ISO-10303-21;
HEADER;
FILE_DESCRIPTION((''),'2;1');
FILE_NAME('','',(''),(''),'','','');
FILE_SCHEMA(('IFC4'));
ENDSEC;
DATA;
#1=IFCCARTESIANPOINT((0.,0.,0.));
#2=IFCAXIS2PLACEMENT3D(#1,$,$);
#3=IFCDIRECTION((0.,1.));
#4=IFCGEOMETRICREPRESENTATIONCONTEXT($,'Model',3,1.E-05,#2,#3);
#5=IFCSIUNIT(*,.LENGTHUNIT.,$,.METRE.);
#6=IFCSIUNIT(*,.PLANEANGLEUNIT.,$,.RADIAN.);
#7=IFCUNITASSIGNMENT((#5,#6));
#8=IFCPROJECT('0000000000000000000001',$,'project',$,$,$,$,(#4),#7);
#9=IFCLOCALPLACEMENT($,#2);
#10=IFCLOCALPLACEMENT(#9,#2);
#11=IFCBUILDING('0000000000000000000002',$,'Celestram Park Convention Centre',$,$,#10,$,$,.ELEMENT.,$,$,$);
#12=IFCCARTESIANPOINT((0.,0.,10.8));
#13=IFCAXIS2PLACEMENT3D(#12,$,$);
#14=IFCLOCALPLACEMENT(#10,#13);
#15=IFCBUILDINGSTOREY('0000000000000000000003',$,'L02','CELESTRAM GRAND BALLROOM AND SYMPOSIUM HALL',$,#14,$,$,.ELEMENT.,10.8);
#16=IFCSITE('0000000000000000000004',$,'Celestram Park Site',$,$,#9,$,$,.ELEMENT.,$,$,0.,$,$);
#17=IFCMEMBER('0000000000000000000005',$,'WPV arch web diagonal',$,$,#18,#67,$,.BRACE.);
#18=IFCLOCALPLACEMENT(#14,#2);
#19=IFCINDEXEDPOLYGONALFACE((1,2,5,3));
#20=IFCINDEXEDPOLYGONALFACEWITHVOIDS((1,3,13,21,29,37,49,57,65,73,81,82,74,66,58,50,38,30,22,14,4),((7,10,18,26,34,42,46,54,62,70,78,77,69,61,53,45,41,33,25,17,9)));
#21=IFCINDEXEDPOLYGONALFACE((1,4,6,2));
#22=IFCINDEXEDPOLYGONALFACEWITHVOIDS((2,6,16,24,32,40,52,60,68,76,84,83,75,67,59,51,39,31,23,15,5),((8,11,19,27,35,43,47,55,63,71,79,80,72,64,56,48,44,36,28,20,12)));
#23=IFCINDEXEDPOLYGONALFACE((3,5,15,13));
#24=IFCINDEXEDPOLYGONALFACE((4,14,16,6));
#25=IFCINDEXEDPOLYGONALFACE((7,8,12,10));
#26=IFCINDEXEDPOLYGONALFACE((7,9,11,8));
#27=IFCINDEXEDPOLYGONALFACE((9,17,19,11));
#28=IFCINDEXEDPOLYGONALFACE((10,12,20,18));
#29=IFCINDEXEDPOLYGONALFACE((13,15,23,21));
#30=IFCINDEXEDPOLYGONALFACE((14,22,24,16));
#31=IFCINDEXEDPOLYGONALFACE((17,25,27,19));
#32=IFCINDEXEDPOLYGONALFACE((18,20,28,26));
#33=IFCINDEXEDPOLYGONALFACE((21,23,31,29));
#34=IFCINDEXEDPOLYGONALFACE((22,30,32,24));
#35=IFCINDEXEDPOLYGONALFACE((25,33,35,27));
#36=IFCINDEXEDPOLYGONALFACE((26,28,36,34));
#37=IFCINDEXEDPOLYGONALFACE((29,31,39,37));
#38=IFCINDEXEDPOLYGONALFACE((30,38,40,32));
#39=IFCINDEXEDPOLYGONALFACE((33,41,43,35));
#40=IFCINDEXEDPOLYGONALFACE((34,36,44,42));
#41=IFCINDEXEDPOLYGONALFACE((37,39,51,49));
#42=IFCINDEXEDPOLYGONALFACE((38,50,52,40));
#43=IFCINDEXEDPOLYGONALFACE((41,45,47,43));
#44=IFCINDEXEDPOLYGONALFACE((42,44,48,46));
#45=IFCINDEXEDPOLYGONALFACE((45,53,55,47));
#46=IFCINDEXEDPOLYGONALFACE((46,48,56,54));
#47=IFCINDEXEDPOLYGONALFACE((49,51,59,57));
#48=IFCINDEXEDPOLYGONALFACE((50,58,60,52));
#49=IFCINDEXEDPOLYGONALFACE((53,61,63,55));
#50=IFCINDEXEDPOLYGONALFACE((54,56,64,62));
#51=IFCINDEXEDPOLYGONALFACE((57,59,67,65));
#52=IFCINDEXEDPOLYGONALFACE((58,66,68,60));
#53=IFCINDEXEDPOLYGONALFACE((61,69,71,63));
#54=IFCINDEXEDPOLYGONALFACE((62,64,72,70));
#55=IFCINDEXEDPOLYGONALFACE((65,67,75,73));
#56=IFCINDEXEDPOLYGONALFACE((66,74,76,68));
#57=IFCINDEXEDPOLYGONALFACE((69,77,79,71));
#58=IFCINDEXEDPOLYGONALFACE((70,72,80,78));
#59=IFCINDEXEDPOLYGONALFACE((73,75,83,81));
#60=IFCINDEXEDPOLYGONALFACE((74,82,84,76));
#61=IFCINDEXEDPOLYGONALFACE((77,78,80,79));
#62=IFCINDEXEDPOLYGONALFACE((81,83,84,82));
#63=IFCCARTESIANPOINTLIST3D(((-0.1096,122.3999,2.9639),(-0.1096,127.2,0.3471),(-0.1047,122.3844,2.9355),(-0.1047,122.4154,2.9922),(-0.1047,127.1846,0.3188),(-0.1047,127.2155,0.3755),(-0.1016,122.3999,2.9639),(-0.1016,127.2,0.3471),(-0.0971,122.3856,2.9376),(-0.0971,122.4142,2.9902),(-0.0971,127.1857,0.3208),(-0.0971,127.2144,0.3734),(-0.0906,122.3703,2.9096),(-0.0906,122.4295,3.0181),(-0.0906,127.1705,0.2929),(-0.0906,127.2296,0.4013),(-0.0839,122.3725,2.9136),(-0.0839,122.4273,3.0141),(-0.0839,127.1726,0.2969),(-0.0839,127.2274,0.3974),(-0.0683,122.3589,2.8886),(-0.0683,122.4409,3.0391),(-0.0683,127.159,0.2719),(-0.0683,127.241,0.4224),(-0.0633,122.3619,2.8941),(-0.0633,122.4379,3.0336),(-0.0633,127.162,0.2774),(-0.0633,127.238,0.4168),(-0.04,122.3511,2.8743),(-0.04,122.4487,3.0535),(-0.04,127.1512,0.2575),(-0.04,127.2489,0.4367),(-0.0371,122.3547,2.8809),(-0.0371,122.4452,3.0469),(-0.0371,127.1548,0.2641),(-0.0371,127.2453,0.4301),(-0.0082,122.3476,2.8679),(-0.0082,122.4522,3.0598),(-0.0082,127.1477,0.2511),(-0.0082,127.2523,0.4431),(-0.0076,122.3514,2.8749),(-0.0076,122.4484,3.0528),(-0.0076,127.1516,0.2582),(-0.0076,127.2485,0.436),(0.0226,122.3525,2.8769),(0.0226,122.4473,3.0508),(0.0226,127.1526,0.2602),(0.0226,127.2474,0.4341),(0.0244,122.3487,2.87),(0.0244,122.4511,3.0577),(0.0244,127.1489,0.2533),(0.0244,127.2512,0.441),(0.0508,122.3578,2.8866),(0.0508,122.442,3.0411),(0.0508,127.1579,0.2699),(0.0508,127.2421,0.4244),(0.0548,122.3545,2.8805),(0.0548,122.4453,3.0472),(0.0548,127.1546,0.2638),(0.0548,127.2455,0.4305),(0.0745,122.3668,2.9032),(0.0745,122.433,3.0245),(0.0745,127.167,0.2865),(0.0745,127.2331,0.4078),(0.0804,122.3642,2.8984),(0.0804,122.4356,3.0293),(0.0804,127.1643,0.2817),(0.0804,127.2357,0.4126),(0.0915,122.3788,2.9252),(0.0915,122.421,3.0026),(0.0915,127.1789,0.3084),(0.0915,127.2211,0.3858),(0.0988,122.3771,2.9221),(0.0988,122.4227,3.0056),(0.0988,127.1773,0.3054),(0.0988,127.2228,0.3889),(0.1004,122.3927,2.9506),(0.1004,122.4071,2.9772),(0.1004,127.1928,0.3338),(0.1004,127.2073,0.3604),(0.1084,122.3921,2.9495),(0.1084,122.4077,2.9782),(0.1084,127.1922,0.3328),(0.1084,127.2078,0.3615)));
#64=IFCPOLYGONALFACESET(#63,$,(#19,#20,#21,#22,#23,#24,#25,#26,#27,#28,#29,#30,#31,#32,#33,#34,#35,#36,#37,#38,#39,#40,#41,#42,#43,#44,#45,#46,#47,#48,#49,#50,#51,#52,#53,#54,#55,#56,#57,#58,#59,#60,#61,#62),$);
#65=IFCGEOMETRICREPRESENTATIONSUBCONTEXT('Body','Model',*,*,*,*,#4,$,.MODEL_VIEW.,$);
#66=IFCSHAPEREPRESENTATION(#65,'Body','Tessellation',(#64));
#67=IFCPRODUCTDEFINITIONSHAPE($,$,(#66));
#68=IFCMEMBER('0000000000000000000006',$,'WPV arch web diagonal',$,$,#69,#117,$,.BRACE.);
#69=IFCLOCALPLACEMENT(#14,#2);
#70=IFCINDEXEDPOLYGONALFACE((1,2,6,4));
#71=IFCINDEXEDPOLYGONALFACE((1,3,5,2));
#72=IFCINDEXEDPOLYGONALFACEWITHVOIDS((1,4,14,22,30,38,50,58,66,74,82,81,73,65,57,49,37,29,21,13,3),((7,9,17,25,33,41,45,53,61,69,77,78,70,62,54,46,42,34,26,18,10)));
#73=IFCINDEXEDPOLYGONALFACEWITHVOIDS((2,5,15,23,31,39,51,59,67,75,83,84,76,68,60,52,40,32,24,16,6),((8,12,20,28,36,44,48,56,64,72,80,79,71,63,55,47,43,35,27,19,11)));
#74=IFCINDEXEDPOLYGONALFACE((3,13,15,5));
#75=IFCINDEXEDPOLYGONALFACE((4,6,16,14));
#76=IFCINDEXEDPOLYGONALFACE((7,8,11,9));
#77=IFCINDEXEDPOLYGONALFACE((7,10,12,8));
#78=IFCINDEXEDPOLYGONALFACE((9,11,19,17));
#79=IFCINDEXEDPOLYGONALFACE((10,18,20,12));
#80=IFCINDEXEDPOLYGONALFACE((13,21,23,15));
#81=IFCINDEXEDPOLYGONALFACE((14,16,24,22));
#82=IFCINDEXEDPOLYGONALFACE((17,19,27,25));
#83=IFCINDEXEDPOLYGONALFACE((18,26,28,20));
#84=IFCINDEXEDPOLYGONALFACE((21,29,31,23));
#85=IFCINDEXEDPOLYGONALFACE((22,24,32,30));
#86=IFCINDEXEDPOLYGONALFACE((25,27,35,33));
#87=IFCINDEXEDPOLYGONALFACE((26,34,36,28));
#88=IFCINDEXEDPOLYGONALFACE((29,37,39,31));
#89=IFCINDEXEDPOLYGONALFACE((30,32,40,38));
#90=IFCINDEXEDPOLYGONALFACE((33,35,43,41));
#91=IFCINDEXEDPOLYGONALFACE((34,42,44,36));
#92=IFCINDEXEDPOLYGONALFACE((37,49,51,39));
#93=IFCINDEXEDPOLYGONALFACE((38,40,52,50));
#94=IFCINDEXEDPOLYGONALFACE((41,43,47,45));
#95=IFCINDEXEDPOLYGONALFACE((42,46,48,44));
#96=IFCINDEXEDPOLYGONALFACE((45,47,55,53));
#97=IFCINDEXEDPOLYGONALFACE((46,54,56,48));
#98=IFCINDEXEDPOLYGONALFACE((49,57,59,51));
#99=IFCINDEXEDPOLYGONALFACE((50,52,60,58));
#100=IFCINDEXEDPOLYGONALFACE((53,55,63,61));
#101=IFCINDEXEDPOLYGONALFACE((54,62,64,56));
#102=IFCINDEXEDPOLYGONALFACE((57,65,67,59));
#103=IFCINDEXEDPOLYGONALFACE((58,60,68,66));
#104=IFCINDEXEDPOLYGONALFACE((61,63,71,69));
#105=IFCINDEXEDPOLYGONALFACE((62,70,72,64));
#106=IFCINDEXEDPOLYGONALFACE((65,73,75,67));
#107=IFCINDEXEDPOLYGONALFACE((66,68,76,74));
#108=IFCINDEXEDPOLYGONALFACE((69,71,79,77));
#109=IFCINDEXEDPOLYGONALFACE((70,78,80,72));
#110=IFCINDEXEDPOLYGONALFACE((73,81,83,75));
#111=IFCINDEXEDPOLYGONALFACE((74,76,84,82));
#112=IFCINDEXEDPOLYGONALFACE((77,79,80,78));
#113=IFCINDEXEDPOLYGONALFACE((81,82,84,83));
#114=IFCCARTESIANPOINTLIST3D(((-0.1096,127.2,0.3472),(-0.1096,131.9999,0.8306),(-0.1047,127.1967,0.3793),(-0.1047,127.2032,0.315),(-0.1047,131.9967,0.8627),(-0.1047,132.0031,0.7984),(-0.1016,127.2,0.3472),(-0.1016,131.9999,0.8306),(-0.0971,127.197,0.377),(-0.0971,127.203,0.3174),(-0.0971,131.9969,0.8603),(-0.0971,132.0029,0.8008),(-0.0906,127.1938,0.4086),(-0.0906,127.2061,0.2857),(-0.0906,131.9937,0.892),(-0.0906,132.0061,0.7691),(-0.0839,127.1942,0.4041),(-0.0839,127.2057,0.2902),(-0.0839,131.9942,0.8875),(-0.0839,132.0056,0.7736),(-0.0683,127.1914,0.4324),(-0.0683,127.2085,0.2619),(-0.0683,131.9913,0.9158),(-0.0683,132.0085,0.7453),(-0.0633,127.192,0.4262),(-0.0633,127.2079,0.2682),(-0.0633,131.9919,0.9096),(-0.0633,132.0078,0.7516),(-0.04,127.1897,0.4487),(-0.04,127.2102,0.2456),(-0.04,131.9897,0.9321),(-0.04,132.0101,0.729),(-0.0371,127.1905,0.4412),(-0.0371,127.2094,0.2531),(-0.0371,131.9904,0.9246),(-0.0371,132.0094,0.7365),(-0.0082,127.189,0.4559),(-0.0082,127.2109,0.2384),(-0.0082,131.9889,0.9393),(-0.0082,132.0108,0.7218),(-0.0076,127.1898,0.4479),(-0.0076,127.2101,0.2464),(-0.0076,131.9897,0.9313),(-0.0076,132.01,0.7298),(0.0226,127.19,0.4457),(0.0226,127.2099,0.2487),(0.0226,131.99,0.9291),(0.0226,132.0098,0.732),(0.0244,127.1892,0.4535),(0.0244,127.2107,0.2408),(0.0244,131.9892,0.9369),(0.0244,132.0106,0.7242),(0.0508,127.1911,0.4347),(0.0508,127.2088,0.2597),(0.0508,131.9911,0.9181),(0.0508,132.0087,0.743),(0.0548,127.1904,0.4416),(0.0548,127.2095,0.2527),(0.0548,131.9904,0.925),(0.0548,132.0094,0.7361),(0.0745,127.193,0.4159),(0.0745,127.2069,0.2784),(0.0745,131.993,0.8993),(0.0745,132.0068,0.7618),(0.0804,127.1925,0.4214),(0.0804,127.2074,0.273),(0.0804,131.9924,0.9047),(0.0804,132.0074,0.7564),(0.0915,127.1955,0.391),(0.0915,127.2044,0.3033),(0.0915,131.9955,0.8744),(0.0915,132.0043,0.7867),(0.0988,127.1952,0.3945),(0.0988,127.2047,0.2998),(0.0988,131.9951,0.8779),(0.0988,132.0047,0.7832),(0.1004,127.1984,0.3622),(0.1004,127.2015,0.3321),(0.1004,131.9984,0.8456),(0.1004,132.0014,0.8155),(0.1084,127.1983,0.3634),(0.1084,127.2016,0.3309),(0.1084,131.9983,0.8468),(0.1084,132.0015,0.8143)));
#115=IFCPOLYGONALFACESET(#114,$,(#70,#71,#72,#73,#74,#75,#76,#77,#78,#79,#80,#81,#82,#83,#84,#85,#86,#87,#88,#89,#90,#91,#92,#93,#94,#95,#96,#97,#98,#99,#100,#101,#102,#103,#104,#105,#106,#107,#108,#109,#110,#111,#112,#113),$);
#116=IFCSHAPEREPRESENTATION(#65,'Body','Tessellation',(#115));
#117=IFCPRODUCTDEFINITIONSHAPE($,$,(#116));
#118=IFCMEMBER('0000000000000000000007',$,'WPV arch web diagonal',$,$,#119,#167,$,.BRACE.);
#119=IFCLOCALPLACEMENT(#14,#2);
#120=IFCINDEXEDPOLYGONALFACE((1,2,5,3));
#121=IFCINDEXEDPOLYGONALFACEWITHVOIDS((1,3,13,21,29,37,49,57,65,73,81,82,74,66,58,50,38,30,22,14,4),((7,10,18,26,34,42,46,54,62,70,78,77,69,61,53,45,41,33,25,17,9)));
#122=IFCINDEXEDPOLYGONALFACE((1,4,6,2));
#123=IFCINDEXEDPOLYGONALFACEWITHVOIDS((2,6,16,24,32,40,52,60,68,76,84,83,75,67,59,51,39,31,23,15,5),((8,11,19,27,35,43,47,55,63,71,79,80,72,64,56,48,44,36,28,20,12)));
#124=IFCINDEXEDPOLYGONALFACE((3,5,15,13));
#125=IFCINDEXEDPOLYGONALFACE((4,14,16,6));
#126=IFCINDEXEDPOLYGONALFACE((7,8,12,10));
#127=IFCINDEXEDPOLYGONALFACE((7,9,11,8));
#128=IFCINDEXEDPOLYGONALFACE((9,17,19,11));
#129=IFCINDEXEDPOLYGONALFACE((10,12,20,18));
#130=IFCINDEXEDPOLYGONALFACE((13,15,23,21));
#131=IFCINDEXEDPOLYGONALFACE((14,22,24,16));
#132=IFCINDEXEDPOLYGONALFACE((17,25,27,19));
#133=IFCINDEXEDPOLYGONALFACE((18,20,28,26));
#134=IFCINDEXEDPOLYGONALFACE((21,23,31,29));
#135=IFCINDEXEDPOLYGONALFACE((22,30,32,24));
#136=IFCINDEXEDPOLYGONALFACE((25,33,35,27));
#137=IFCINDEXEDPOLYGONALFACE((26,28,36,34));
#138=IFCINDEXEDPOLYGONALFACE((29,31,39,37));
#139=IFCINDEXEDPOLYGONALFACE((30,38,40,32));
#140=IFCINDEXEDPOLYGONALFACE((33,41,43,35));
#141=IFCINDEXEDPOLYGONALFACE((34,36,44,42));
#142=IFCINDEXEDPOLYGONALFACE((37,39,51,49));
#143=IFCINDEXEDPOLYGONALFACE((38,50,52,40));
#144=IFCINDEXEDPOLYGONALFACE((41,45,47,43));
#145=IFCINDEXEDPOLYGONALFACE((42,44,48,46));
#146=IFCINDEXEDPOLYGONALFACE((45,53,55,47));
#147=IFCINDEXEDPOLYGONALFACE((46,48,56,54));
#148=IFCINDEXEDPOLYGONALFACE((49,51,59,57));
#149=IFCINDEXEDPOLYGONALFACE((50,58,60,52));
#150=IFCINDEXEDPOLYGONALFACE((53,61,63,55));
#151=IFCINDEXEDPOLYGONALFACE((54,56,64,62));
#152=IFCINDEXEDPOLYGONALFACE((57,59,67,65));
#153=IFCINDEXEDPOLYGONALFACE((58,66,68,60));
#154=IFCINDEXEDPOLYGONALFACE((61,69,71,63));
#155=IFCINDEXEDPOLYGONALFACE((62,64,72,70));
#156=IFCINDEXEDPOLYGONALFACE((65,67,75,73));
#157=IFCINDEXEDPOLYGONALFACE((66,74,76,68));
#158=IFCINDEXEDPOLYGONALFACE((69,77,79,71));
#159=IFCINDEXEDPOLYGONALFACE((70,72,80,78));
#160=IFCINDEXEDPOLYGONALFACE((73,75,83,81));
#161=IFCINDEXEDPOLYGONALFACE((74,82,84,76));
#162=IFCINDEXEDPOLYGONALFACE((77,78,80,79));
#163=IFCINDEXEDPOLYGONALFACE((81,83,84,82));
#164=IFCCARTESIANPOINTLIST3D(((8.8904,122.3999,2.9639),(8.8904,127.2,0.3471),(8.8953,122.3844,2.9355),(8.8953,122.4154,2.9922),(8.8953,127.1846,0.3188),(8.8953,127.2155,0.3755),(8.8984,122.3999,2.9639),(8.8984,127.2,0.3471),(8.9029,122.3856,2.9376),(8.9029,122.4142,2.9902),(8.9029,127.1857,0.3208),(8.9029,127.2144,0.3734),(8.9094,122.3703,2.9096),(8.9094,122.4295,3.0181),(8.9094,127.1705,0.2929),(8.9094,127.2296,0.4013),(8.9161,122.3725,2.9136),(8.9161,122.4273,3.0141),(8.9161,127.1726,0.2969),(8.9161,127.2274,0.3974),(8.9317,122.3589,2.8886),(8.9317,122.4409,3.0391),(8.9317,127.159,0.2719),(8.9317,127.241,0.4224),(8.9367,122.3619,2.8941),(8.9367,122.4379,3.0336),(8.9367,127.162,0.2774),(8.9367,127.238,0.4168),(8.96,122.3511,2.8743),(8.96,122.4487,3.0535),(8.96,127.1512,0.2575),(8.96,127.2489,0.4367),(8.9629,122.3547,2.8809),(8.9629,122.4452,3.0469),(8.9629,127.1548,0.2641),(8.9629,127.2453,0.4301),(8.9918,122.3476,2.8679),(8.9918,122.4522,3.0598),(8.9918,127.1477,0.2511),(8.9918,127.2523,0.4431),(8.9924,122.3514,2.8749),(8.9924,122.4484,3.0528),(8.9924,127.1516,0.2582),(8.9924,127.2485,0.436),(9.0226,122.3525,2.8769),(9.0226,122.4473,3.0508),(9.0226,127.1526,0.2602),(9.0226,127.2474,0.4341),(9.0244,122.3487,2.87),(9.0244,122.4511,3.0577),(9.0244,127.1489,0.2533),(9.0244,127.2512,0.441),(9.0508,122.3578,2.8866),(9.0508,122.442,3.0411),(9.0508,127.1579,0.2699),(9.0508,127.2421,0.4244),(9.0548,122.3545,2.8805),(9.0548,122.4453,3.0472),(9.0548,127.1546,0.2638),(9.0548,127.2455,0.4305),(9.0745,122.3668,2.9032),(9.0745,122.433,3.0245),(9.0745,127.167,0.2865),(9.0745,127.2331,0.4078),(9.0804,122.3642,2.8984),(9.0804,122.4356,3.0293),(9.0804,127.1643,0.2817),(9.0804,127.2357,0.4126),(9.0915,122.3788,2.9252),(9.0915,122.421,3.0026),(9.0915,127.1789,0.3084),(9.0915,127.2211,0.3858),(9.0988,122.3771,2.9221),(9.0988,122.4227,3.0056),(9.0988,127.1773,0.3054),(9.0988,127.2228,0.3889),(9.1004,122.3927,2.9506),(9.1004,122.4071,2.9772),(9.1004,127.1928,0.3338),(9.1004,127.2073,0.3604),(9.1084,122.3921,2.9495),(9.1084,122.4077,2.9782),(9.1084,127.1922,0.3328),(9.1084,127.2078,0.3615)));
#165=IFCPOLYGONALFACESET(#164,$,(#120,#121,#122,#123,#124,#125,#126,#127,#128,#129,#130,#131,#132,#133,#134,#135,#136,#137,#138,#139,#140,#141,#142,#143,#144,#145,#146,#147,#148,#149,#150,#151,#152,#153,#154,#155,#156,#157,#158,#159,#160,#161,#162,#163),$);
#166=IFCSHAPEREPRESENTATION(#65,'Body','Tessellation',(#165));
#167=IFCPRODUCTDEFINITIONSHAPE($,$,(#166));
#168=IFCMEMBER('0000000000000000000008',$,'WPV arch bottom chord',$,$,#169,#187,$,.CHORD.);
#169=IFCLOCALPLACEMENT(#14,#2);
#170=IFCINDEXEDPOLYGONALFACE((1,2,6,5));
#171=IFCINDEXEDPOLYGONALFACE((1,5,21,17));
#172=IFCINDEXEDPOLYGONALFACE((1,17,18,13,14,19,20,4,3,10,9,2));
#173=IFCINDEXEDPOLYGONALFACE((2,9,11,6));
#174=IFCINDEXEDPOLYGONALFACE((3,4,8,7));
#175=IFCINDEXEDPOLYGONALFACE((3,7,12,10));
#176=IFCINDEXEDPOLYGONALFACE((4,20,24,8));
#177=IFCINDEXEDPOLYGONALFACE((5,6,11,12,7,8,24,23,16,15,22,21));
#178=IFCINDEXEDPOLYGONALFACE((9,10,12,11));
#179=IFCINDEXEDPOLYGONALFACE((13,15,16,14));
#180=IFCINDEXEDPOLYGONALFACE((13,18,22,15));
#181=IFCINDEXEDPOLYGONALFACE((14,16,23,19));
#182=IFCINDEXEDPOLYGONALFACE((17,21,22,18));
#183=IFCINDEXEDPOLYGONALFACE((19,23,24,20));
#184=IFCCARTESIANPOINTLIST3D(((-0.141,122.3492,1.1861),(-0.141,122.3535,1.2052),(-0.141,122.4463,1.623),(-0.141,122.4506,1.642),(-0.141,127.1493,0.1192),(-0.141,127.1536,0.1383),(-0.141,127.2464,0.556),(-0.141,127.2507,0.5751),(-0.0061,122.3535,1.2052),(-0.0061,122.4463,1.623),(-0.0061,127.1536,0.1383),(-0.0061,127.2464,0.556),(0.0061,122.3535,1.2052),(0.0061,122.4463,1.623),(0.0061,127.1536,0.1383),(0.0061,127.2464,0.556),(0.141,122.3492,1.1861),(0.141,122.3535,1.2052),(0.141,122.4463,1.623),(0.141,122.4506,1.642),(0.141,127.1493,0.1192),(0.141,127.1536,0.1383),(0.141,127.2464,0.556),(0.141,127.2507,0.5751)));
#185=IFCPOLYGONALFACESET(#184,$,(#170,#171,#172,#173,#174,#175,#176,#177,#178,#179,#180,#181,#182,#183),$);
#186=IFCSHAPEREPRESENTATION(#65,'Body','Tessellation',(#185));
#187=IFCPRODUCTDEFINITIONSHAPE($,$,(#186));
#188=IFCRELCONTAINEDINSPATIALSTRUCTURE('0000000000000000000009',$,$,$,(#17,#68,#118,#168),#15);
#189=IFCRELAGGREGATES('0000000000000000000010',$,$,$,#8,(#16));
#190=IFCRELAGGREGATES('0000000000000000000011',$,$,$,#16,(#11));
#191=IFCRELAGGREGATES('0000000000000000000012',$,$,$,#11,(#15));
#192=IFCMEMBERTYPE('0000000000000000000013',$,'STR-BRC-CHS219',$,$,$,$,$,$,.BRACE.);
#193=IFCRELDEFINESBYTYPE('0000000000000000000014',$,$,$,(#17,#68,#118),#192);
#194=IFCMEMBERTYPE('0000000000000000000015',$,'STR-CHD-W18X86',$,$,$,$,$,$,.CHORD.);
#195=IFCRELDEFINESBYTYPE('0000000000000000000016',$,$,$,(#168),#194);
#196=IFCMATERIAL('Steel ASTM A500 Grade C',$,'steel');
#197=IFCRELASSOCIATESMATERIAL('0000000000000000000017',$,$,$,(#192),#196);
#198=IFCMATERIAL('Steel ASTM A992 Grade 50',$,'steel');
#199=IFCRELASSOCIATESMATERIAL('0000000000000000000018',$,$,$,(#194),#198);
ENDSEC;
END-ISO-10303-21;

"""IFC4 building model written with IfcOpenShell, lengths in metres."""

from ifc_helpers import new_model, si_unit, direction, frame, origin, origin_2d, place, context, subcontext, project, spatial, hollow_circle, i_section, extrude, material, material_profile, profile_set, type_object, element, save


model = new_model("IFC4")

# Units and contexts
model_context = context("Model", 3, precision=1e-05, world=origin(), true_north=direction((0.0, 1.0)))
body_context = subcontext(model_context, "Body", "Model", "MODEL_VIEW")
ifc_project = project(units=[si_unit("LENGTHUNIT", "METRE"), si_unit("PLANEANGLEUNIT", "RADIAN")], contexts=[model_context])

# Site, building, storey
site_placement = place(None, origin())
site = spatial("IfcSite", under=ifc_project, at=site_placement, Name="Celestram Park Site", CompositionType="ELEMENT", RefElevation=0.0)
building_placement = place(site_placement, origin())
building = spatial("IfcBuilding", under=site, at=building_placement, Name="Celestram Park Convention Centre", CompositionType="ELEMENT")
storey_placement = place(building_placement, frame((0.0, 0.0, 10.8)))
storey = spatial("IfcBuildingStorey", under=building, at=storey_placement, Name="L02", Description="CELESTRAM GRAND BALLROOM AND SYMPOSIUM HALL", CompositionType="ELEMENT", Elevation=10.8)

# Members
ifc_material_1 = material(Name="Steel ASTM A500 Grade C", Category="steel")
ifc_material_profile_1 = material_profile(ifc_material_1, hollow_circle(Radius=0.1096, WallThickness=0.0081, at=origin_2d()), Name="CHS219X8")
ifc_profile_set_1 = profile_set([ifc_material_profile_1], Name="Steel ASTM A500 Grade C")
member_type_1 = type_object("IfcMemberType", Name="STR-BRC-CHS219", PredefinedType="BRACE", material=ifc_profile_set_1)
member_1_placement = place(storey_placement, frame((0.0, 122.3999, 2.9639), z_axis=(0.0, 0.878012, -0.478639), x_axis=(-1.0, 0.0, 0.0)))
element("IfcMember", 1, at=member_1_placement, inside=storey, type_object=member_type_1, Name="WPV arch web diagonal", PredefinedType="BRACE", context=body_context, shape_type="SweptSolid", body=[
    extrude(hollow_circle(Radius=0.1096, WallThickness=0.0081, at=origin_2d()), origin(), (0.0, 0.0, 1.0), 5.467),
])
member_2_placement = place(storey_placement, frame((0.0, 127.2, 0.3472), z_axis=(0.0, 0.994967, 0.1002), x_axis=(-1.0, 0.0, 0.0)))
element("IfcMember", 2, at=member_2_placement, inside=storey, type_object=member_type_1, Name="WPV arch web diagonal", PredefinedType="BRACE", context=body_context, shape_type="SweptSolid", body=[
    extrude(hollow_circle(Radius=0.1096, WallThickness=0.0081, at=origin_2d()), origin(), (0.0, 0.0, 1.0), 4.8242),
])
member_3_placement = place(storey_placement, frame((9.0, 122.3999, 2.9639), z_axis=(0.0, 0.878012, -0.478639), x_axis=(-1.0, 0.0, 0.0)))
element("IfcMember", 3, at=member_3_placement, inside=storey, type_object=member_type_1, Name="WPV arch web diagonal", PredefinedType="BRACE", context=body_context, shape_type="SweptSolid", body=[
    extrude(hollow_circle(Radius=0.1096, WallThickness=0.0081, at=origin_2d()), origin(), (0.0, 0.0, 1.0), 5.467),
])
ifc_material_2 = material(Name="Steel ASTM A992 Grade 50", Category="steel")
ifc_material_profile_2 = material_profile(ifc_material_2, i_section(OverallWidth=0.282, OverallDepth=0.467, WebThickness=0.0122, FlangeThickness=0.0195, at=origin_2d()), Name="W18X86")
ifc_profile_set_2 = profile_set([ifc_material_profile_2], Name="Steel ASTM A992 Grade 50")
member_type_2 = type_object("IfcMemberType", Name="STR-CHD-W18X86", PredefinedType="CHORD", material=ifc_profile_set_2)
for number, where, z_axis, x_axis, name in (
    (4, (0.0, 122.3999, 1.4141), (0.0, 0.976178, -0.216973), (-1.0, 0.0, 0.0), "WPV arch bottom chord"),
):
    element("IfcMember", number, at=place(storey_placement, frame(where, z_axis=z_axis, x_axis=x_axis)), inside=storey, type_object=member_type_2, Name=name, PredefinedType="CHORD", context=body_context, shape_type="SweptSolid", body=[
        extrude(i_section(OverallWidth=0.282, OverallDepth=0.467, WebThickness=0.0122, FlangeThickness=0.0195, at=origin_2d()), origin(), (0.0, 0.0, 1.0), 4.9172),
    ])

save(model, "model.ifc")
